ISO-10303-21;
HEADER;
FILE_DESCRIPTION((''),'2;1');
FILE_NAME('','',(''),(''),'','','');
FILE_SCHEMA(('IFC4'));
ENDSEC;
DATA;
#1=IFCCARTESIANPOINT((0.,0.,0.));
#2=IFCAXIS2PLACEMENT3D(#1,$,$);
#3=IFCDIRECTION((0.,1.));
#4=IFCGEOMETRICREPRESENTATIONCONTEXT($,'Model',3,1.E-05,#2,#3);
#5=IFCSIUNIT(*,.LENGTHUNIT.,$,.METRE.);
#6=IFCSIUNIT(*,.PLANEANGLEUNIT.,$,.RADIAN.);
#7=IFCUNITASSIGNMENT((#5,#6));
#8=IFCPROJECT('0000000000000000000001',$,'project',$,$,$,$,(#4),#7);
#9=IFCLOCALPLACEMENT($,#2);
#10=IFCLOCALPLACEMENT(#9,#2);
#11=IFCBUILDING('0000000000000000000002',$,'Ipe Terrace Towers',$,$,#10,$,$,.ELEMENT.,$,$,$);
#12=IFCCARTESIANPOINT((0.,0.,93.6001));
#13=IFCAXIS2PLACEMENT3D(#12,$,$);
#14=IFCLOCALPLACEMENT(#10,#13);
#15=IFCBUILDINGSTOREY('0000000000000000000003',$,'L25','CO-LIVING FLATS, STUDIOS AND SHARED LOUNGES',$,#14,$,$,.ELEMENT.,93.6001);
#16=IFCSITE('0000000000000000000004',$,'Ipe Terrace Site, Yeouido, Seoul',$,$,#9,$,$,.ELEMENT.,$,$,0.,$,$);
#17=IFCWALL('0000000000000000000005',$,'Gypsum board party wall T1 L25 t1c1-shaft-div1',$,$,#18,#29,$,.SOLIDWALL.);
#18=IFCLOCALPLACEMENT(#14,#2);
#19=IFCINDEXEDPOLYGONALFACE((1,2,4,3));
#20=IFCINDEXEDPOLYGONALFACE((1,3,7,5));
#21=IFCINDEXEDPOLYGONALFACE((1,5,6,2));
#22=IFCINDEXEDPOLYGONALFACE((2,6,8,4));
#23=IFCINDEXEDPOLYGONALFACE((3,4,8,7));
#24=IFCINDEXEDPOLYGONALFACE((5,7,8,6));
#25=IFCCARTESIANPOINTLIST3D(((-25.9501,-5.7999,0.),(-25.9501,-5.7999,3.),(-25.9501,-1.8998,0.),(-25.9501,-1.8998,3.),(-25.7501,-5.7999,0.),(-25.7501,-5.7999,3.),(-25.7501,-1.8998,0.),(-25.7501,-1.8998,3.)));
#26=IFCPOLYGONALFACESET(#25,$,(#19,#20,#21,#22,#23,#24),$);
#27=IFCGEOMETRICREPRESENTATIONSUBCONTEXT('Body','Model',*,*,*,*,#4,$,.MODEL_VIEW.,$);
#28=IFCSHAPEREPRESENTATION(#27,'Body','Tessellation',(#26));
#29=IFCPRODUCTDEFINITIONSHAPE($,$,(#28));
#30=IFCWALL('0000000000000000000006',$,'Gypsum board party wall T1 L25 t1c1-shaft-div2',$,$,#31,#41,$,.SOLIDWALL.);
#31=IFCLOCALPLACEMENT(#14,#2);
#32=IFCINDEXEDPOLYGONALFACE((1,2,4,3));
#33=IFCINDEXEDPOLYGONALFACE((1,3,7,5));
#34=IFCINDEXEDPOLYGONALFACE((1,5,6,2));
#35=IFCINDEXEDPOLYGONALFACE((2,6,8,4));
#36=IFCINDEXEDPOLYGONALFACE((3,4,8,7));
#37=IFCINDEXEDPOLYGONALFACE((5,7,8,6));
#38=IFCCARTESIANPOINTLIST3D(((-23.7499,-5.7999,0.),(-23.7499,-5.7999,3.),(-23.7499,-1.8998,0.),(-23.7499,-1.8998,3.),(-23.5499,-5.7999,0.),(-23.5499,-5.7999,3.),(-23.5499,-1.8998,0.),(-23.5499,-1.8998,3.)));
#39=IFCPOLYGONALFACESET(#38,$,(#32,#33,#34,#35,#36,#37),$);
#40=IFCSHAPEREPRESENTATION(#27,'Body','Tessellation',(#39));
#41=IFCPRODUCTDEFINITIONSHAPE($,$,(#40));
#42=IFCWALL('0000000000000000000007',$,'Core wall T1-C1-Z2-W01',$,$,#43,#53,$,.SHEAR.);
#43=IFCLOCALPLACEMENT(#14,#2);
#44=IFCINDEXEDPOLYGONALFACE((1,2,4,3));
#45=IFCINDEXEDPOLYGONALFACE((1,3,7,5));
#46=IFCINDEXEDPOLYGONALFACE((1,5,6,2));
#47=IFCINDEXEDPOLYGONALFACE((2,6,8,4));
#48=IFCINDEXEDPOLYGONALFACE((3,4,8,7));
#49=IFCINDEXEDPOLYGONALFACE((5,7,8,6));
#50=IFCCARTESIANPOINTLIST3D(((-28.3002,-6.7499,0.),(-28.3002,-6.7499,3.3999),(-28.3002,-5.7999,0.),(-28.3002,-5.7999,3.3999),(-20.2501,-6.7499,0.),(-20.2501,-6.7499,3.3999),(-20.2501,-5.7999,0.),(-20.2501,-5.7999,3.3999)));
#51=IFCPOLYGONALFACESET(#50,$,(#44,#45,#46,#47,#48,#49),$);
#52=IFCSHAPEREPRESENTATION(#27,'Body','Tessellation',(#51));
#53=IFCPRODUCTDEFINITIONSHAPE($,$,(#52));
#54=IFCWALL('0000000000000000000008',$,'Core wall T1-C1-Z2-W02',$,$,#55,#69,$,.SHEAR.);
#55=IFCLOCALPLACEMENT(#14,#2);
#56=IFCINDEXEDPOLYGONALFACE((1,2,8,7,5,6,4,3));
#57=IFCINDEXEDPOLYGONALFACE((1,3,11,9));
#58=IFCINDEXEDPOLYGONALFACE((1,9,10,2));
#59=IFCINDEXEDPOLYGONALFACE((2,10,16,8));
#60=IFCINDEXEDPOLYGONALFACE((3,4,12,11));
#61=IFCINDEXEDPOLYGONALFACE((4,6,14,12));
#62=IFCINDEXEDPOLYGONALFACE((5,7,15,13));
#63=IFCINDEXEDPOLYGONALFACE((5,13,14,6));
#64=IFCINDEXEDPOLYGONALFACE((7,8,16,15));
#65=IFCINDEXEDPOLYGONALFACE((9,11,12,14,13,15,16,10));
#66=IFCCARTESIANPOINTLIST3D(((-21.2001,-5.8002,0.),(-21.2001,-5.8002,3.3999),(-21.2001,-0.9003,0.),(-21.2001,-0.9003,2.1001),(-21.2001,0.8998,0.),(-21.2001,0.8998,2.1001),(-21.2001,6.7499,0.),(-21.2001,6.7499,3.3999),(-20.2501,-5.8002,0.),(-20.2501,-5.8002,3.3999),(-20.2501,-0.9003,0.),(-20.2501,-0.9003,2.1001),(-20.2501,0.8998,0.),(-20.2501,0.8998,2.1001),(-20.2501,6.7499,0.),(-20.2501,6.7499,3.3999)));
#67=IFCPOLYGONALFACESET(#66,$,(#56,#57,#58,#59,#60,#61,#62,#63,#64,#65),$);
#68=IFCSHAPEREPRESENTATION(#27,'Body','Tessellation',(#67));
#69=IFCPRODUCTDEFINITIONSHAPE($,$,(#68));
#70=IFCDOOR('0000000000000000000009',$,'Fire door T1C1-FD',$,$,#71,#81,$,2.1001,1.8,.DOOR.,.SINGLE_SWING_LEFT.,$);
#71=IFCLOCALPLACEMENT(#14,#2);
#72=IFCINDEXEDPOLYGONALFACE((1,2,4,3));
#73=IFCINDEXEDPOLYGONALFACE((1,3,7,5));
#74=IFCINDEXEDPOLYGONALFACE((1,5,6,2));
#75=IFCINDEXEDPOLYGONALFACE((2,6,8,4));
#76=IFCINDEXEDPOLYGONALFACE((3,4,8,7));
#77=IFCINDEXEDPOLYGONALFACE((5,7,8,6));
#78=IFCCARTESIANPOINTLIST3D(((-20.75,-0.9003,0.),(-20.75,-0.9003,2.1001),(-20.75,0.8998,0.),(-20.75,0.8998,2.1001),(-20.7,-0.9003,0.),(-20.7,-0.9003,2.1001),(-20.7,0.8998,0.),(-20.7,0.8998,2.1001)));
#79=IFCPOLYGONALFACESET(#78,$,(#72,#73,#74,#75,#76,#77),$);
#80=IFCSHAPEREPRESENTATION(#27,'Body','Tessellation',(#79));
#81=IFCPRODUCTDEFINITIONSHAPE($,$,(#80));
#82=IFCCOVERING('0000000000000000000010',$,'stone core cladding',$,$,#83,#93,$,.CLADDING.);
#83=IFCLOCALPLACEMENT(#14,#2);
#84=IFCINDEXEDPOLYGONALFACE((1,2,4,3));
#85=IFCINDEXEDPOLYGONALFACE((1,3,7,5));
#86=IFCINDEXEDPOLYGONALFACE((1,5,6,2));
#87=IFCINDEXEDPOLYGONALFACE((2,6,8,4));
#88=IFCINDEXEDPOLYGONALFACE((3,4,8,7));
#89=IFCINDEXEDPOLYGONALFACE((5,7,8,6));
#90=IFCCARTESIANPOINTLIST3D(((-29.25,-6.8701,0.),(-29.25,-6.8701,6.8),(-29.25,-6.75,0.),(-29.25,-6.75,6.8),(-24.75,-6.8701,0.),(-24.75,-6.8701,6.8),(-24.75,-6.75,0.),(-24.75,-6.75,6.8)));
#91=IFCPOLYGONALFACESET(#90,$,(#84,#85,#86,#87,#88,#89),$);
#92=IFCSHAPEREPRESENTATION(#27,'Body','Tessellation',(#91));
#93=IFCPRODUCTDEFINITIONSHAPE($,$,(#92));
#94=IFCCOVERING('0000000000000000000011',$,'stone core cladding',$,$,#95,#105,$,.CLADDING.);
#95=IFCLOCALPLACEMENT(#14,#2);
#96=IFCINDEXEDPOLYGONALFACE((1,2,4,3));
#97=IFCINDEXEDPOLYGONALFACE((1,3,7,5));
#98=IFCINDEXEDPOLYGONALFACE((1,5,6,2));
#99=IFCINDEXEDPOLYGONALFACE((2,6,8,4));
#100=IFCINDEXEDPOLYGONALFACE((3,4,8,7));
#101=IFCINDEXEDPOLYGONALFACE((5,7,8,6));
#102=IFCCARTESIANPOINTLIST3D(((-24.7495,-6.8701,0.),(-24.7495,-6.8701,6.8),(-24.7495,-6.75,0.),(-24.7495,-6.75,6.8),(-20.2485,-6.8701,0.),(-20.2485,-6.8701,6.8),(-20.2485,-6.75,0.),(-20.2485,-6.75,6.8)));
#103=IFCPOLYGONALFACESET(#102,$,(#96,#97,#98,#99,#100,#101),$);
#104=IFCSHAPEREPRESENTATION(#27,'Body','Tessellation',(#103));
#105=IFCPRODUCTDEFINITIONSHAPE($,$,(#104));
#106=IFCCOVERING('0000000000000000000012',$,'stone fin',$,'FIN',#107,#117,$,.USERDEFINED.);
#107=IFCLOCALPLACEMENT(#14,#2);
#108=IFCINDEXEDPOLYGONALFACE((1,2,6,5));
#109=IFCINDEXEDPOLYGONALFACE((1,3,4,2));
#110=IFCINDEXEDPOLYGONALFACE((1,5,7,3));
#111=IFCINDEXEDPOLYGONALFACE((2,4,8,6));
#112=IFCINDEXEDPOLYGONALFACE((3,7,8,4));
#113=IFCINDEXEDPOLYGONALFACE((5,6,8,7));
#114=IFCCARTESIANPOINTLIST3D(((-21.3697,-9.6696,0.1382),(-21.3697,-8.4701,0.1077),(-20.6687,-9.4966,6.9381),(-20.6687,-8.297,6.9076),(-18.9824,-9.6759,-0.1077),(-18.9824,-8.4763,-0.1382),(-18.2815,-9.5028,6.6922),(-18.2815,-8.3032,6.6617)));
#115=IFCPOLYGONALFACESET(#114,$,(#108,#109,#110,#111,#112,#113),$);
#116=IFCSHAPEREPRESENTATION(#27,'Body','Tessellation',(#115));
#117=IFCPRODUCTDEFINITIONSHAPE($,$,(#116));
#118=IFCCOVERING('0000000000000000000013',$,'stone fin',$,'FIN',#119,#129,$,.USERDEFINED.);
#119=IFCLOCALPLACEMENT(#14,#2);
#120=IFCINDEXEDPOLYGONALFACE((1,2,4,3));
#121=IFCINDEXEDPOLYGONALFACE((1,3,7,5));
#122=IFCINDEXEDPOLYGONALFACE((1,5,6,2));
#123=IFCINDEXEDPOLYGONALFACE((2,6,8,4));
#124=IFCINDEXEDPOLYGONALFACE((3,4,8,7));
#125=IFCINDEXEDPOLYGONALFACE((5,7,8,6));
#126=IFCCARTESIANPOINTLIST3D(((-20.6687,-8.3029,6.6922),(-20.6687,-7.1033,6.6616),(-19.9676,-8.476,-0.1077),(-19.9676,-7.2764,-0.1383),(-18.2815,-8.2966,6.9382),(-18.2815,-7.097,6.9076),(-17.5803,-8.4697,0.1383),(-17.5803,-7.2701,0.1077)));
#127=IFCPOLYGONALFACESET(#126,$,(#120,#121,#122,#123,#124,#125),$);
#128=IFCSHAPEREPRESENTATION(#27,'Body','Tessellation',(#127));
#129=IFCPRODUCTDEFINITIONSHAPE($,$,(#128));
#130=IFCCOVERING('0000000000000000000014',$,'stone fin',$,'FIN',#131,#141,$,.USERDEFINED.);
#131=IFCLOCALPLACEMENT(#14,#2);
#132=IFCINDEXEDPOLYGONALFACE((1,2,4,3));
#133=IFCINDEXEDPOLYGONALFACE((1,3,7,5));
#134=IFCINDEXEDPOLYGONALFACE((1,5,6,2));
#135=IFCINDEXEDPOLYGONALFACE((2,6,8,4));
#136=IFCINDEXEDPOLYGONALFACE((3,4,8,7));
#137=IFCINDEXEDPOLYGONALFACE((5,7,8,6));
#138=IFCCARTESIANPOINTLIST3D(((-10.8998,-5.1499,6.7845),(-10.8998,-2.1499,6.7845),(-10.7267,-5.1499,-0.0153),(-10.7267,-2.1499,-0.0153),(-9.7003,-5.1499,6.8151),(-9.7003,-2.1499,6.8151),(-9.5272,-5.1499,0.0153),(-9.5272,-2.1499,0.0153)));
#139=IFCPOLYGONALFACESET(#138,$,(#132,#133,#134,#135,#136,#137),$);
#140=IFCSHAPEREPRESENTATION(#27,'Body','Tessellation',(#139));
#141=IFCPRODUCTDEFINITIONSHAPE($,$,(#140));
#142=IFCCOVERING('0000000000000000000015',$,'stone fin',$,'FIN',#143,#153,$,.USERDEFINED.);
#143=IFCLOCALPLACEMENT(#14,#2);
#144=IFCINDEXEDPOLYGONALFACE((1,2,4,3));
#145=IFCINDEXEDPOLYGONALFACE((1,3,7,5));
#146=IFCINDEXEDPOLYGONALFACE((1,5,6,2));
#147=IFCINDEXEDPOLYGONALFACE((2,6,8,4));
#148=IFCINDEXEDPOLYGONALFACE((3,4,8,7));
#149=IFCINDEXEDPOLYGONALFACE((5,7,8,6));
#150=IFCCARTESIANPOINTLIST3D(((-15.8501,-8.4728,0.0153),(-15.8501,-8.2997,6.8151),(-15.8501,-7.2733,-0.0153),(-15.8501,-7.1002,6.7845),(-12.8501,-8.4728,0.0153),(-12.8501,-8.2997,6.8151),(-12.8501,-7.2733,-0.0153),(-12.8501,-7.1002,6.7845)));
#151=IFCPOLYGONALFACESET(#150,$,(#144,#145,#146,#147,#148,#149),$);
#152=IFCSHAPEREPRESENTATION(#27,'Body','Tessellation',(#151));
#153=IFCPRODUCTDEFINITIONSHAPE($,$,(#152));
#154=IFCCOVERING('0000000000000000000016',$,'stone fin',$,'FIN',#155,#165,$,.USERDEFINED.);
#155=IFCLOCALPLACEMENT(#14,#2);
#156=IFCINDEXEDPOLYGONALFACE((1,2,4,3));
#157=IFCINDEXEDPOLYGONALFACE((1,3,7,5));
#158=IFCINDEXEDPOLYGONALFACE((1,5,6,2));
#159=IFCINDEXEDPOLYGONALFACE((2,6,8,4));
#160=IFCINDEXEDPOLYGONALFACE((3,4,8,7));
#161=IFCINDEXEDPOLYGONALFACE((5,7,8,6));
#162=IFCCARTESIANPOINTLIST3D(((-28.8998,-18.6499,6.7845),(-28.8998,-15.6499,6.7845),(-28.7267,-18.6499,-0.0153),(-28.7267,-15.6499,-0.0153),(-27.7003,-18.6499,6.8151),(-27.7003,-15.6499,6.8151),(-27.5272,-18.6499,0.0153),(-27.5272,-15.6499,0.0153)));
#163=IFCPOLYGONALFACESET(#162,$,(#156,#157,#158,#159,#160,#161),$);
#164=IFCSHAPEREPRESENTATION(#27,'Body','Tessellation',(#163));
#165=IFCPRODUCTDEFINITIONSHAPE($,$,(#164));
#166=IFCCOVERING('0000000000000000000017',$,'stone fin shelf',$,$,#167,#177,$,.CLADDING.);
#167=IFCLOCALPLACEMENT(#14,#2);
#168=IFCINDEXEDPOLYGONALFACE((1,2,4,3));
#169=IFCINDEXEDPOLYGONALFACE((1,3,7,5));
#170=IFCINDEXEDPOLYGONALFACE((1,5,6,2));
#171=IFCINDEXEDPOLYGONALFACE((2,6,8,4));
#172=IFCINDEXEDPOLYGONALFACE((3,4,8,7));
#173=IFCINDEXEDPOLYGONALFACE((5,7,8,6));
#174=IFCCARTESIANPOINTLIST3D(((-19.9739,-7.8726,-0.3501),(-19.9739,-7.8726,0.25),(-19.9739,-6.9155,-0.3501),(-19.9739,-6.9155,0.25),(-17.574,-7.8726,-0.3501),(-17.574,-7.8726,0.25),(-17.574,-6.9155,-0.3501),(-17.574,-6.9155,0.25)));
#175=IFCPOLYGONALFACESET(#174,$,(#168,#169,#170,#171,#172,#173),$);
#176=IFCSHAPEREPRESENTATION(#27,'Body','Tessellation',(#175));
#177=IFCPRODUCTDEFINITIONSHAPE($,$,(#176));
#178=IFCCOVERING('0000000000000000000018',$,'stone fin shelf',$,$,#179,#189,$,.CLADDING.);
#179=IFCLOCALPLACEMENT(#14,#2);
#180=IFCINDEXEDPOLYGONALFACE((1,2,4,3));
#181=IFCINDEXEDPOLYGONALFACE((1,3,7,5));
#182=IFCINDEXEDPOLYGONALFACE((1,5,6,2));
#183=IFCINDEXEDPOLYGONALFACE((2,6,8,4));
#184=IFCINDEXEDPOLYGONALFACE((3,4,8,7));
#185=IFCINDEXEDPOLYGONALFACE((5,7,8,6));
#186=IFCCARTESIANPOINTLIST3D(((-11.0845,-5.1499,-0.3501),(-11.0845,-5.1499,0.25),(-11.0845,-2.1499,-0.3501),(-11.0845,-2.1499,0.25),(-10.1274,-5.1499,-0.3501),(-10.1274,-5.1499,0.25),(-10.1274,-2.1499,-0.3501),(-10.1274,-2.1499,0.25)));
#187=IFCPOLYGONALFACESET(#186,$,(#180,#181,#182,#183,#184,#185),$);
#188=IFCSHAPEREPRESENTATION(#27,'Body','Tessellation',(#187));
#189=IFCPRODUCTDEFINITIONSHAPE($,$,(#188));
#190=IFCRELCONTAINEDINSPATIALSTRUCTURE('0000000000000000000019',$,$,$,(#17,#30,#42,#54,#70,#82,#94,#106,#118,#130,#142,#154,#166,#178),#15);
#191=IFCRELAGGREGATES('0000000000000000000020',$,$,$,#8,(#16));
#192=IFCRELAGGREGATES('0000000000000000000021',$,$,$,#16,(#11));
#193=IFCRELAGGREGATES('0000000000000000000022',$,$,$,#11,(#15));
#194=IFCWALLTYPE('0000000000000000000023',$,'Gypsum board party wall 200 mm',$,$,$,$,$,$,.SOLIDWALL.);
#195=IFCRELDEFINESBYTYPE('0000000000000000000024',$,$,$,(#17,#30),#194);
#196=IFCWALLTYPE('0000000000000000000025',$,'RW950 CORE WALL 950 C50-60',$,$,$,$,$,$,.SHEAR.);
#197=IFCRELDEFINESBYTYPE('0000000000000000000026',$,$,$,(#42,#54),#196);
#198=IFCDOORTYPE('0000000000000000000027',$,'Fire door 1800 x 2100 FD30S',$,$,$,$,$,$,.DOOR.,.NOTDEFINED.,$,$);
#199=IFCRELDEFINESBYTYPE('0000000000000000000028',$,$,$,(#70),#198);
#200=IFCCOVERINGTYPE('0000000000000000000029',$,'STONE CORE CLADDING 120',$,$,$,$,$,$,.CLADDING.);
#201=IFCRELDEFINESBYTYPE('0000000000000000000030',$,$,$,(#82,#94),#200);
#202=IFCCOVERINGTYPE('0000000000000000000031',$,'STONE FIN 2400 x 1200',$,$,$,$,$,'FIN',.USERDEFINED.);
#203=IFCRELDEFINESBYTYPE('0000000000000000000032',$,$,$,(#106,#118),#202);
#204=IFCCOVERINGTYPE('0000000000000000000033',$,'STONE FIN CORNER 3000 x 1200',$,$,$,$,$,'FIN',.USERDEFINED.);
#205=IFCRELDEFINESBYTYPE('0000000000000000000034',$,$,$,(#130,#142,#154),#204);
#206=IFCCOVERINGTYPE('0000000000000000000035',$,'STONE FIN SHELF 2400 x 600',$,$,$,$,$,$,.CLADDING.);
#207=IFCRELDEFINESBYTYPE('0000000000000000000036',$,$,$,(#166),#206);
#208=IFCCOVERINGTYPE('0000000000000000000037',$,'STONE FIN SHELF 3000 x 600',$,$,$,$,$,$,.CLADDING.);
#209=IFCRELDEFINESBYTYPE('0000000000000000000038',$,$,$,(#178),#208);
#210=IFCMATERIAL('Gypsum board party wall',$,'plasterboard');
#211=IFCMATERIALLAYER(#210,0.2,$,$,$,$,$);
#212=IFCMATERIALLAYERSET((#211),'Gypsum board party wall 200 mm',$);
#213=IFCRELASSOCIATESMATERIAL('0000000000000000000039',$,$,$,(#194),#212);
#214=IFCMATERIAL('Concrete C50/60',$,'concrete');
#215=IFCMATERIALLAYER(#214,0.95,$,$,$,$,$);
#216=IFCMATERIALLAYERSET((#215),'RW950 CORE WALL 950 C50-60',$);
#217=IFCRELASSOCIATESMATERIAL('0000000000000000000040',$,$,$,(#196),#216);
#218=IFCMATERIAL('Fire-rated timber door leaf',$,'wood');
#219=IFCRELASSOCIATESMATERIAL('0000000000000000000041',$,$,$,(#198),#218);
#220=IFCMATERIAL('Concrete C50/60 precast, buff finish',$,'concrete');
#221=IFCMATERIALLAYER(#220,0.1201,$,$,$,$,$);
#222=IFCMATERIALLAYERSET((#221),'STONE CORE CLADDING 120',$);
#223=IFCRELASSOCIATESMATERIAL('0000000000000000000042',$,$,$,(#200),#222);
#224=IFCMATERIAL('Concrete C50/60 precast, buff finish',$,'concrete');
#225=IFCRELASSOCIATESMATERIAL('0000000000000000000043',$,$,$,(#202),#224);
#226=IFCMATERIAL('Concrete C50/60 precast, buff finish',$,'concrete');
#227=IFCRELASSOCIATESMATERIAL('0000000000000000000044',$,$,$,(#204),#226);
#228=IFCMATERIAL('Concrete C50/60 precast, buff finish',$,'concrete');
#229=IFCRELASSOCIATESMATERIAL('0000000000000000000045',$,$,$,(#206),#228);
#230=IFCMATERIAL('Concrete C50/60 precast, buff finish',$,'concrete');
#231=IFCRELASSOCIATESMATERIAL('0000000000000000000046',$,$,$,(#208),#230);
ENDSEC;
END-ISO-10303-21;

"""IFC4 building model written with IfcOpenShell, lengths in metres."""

from ifc_helpers import new_model, si_unit, direction, frame, frame_2d, origin, origin_2d, place, context, subcontext, project, spatial, rectangle, extrude, material, layer, layer_set, material_profile, profile_set, type_object, element, fill, save


model = new_model("IFC4")

# Units and contexts
model_context = context("Model", 3, precision=1e-05, world=origin(), true_north=direction((0.0, 1.0)))
body_context = subcontext(model_context, "Body", "Model", "MODEL_VIEW")
ifc_project = project(units=[si_unit("LENGTHUNIT", "METRE"), si_unit("PLANEANGLEUNIT", "RADIAN")], contexts=[model_context])

# Site, building, storey
site_placement = place(None, origin())
site = spatial("IfcSite", under=ifc_project, at=site_placement, Name="Ipe Terrace Site, Yeouido, Seoul", CompositionType="ELEMENT", RefElevation=0.0)
building_placement = place(site_placement, origin())
building = spatial("IfcBuilding", under=site, at=building_placement, Name="Ipe Terrace Towers", CompositionType="ELEMENT")
storey_placement = place(building_placement, frame((0.0, 0.0, 93.6001)))
storey = spatial("IfcBuildingStorey", under=building, at=storey_placement, Name="L25", Description="CO-LIVING FLATS, STUDIOS AND SHARED LOUNGES", CompositionType="ELEMENT", Elevation=93.6001)

# Walls
ifc_material_1 = material(Name="Gypsum board party wall", Category="plasterboard")
ifc_layer_1 = layer(ifc_material_1, 0.2)
ifc_layer_set_1 = layer_set([ifc_layer_1], Name="Gypsum board party wall 200 mm")
wall_type_1 = type_object("IfcWallType", Name="Gypsum board party wall 200 mm", PredefinedType="SOLIDWALL", material=ifc_layer_set_1)
for number, where, z_axis, x_axis, name in (
    (1, (-25.8501, -5.8, 0.0), (0.0, 0.0, 1.0), (0.0, 1.0, 0.0), "Gypsum board party wall T1 L25 t1c1-shaft-div1"),
    (2, (-23.6499, -5.8, 0.0), (0.0, 0.0, 1.0), (0.0, 1.0, 0.0), "Gypsum board party wall T1 L25 t1c1-shaft-div2"),
):
    element("IfcWall", number, at=place(storey_placement, frame(where, z_axis=z_axis, x_axis=x_axis)), inside=storey, type_object=wall_type_1, Name=name, PredefinedType="SOLIDWALL", context=body_context, shape_type="SweptSolid", body=[
        extrude(rectangle(XDim=3.9001, YDim=0.2, at=frame_2d((1.9502, 0.0))), origin(), (0.0, 0.0, 1.0), 3.0),
    ])
ifc_material_2 = material(Name="Concrete C50/60", Category="concrete")
ifc_layer_2 = layer(ifc_material_2, 0.95)
ifc_layer_set_2 = layer_set([ifc_layer_2], Name="RW950 CORE WALL 950 C50-60")
wall_type_2 = type_object("IfcWallType", Name="RW950 CORE WALL 950 C50-60", PredefinedType="SHEAR", material=ifc_layer_set_2)
wall_1_placement = place(storey_placement, frame((-28.3, -6.2749, 0.0), z_axis=(0.0, 0.0, 1.0), x_axis=(1.0, 0.0, 0.0)))
element("IfcWall", 3, at=wall_1_placement, inside=storey, type_object=wall_type_2, Name="Core wall T1-C1-Z2-W01", PredefinedType="SHEAR", context=body_context, shape_type="SweptSolid", body=[
    extrude(rectangle(XDim=8.05, YDim=0.95, at=frame_2d((4.0249, 0.0))), origin(), (0.0, 0.0, 1.0), 3.3999),
])

# Wall, opening, door
wall_2_placement = place(storey_placement, frame((-20.7251, -5.8, 0.0), z_axis=(0.0, 0.0, 1.0), x_axis=(0.0, 1.0, 0.0)))
wall_2 = element("IfcWall", 4, at=wall_2_placement, inside=storey, type_object=wall_type_2, Name="Core wall T1-C1-Z2-W02", PredefinedType="SHEAR", context=body_context, shape_type="SweptSolid", body=[
    extrude(rectangle(XDim=12.55, YDim=0.95, at=frame_2d((6.2749, 0.0))), origin(), (0.0, 0.0, 1.0), 3.3999),
])
opening_1_placement = place(wall_2_placement, frame((4.8999, 0.0, 0.0)))
opening_1 = element("IfcOpeningElement", 5, at=opening_1_placement, cuts=wall_2, PredefinedType="OPENING", context=body_context, shape_type="SweptSolid", body=[
    extrude(rectangle(XDim=1.8, YDim=2.1001, at=frame_2d((0.8999, 1.05))), frame((0.0, 0.4849, 0.0), z_axis=(0.0, -1.0, 0.0), x_axis=(1.0, 0.0, 0.0)), (0.0, 0.0, 1.0), 0.97),
])
ifc_material_3 = material(Name="Fire-rated timber door leaf", Category="wood")
door_type_1 = type_object("IfcDoorType", Name="Fire door 1800 x 2100 FD30S", OperationType="NOTDEFINED", PredefinedType="DOOR", material=ifc_material_3)
door_1_placement = place(opening_1_placement, origin())
door_1 = element("IfcDoor", 6, at=door_1_placement, inside=storey, type_object=door_type_1, Name="Fire door T1C1-FD", OperationType="SINGLE_SWING_LEFT", OverallHeight=2.1001, OverallWidth=1.8, PredefinedType="DOOR", context=body_context, shape_type="SweptSolid", body=[
    extrude(rectangle(XDim=1.8, YDim=2.1001, at=frame_2d((0.8999, 1.05))), frame((0.0, 0.0249, 0.0), z_axis=(0.0, -1.0, 0.0), x_axis=(1.0, 0.0, 0.0)), (0.0, 0.0, 1.0), 0.05),
])
fill(opening_1, door_1)

# Coverings
ifc_material_4 = material(Name="Concrete C50/60 precast, buff finish", Category="concrete")
ifc_layer_3 = layer(ifc_material_4, 0.1201)
ifc_layer_set_3 = layer_set([ifc_layer_3], Name="STONE CORE CLADDING 120")
covering_type_1 = type_object("IfcCoveringType", Name="STONE CORE CLADDING 120", PredefinedType="CLADDING", material=ifc_layer_set_3)
covering_1_placement = place(storey_placement, frame((-27.0, -6.8101, 0.0), z_axis=(0.0, 0.0, 1.0), x_axis=(1.0, 0.0, 0.0)))
element("IfcCovering", 7, at=covering_1_placement, inside=storey, type_object=covering_type_1, Name="stone core cladding", PredefinedType="CLADDING", context=body_context, shape_type="SweptSolid", body=[
    extrude(rectangle(XDim=4.5, YDim=0.1201, at=origin_2d()), origin(), (0.0, 0.0, 1.0), 6.8),
])
covering_2_placement = place(storey_placement, frame((-22.499, -6.8101, 0.0), z_axis=(0.0, 0.0, 1.0), x_axis=(1.0, 0.0, 0.0)))
element("IfcCovering", 8, at=covering_2_placement, inside=storey, type_object=covering_type_1, Name="stone core cladding", PredefinedType="CLADDING", context=body_context, shape_type="SweptSolid", body=[
    extrude(rectangle(XDim=4.501, YDim=0.1201, at=origin_2d()), origin(), (0.0, 0.0, 1.0), 6.8),
])
ifc_material_5 = material(Name="Concrete C50/60 precast, buff finish", Category="concrete")
ifc_material_profile_1 = material_profile(ifc_material_5, rectangle(XDim=2.3999, YDim=1.2, at=origin_2d()), Name="STONE FIN 2400 x 1200")
ifc_profile_set_1 = profile_set([ifc_material_profile_1], Name="Concrete C50/60 precast, buff finish")
covering_type_2 = type_object("IfcCoveringType", Name="STONE FIN 2400 x 1200", ElementType="FIN", PredefinedType="USERDEFINED", material=ifc_profile_set_1)
for number, where, z_axis, x_axis, name in (
    (9, (-20.176, -9.073, 0.0), (0.102504, 0.025314, 0.99441), (0.994733, -0.002609, -0.102471), "stone fin"),
    (10, (-18.7739, -7.873, 0.0), (-0.10254, 0.025314, 0.994407), (0.994729, 0.002609, 0.102507), "stone fin"),
):
    element("IfcCovering", number, at=place(storey_placement, frame(where, z_axis=z_axis, x_axis=x_axis)), inside=storey, type_object=covering_type_2, Name=name, ObjectType="FIN", PredefinedType="USERDEFINED", context=body_context, shape_type="SweptSolid", body=[
        extrude(rectangle(XDim=2.3999, YDim=1.2, at=origin_2d()), origin(), (0.0, 0.0, 1.0), 6.8381),
    ])
ifc_material_6 = material(Name="Concrete C50/60 precast, buff finish", Category="concrete")
ifc_material_profile_2 = material_profile(ifc_material_6, rectangle(XDim=3.0, YDim=1.2, at=origin_2d()), Name="STONE FIN CORNER 3000 x 1200")
ifc_profile_set_2 = profile_set([ifc_material_profile_2], Name="Concrete C50/60 precast, buff finish")
covering_type_3 = type_object("IfcCoveringType", Name="STONE FIN CORNER 3000 x 1200", ElementType="FIN", PredefinedType="USERDEFINED", material=ifc_profile_set_2)
for number, where, z_axis, x_axis, name in (
    (11, (-10.127, -3.6499, 0.0), (-0.025448, 0.0, 0.999676), (0.0, 1.0, 0.0), "stone fin"),
    (12, (-14.3501, -7.873, 0.0), (0.0, 0.025448, 0.999676), (1.0, 0.0, 0.0), "stone fin"),
    (13, (-28.127, -17.1499, 0.0), (-0.025448, 0.0, 0.999676), (0.0, 1.0, 0.0), "stone fin"),
):
    element("IfcCovering", number, at=place(storey_placement, frame(where, z_axis=z_axis, x_axis=x_axis)), inside=storey, type_object=covering_type_3, Name=name, ObjectType="FIN", PredefinedType="USERDEFINED", context=body_context, shape_type="SweptSolid", body=[
        extrude(rectangle(XDim=3.0, YDim=1.2, at=origin_2d()), origin(), (0.0, 0.0, 1.0), 6.802),
    ])
ifc_material_7 = material(Name="Concrete C50/60 precast, buff finish", Category="concrete")
covering_type_4 = type_object("IfcCoveringType", Name="STONE FIN SHELF 2400 x 600", PredefinedType="CLADDING", material=ifc_material_7)
covering_3_placement = place(storey_placement, frame((-18.7739, -7.394, -0.3501), z_axis=(0.0, 0.0, 1.0), x_axis=(1.0, 0.0, 0.0)))
element("IfcCovering", 14, at=covering_3_placement, inside=storey, type_object=covering_type_4, Name="stone fin shelf", PredefinedType="CLADDING", context=body_context, shape_type="SweptSolid", body=[
    extrude(rectangle(XDim=2.3999, YDim=0.957, at=origin_2d()), origin(), (0.0, 0.0, 1.0), 0.6001),
])
ifc_material_8 = material(Name="Concrete C50/60 precast, buff finish", Category="concrete")
covering_type_5 = type_object("IfcCoveringType", Name="STONE FIN SHELF 3000 x 600", PredefinedType="CLADDING", material=ifc_material_8)
for number, where, z_axis, x_axis, name in (
    (15, (-10.606, -3.6499, -0.3501), (0.0, 0.0, 1.0), (0.0, 1.0, 0.0), "stone fin shelf"),
):
    element("IfcCovering", number, at=place(storey_placement, frame(where, z_axis=z_axis, x_axis=x_axis)), inside=storey, type_object=covering_type_5, Name=name, PredefinedType="CLADDING", context=body_context, shape_type="SweptSolid", body=[
        extrude(rectangle(XDim=3.0, YDim=0.957, at=origin_2d()), origin(), (0.0, 0.0, 1.0), 0.6001),
    ])

save(model, "model.ifc")
